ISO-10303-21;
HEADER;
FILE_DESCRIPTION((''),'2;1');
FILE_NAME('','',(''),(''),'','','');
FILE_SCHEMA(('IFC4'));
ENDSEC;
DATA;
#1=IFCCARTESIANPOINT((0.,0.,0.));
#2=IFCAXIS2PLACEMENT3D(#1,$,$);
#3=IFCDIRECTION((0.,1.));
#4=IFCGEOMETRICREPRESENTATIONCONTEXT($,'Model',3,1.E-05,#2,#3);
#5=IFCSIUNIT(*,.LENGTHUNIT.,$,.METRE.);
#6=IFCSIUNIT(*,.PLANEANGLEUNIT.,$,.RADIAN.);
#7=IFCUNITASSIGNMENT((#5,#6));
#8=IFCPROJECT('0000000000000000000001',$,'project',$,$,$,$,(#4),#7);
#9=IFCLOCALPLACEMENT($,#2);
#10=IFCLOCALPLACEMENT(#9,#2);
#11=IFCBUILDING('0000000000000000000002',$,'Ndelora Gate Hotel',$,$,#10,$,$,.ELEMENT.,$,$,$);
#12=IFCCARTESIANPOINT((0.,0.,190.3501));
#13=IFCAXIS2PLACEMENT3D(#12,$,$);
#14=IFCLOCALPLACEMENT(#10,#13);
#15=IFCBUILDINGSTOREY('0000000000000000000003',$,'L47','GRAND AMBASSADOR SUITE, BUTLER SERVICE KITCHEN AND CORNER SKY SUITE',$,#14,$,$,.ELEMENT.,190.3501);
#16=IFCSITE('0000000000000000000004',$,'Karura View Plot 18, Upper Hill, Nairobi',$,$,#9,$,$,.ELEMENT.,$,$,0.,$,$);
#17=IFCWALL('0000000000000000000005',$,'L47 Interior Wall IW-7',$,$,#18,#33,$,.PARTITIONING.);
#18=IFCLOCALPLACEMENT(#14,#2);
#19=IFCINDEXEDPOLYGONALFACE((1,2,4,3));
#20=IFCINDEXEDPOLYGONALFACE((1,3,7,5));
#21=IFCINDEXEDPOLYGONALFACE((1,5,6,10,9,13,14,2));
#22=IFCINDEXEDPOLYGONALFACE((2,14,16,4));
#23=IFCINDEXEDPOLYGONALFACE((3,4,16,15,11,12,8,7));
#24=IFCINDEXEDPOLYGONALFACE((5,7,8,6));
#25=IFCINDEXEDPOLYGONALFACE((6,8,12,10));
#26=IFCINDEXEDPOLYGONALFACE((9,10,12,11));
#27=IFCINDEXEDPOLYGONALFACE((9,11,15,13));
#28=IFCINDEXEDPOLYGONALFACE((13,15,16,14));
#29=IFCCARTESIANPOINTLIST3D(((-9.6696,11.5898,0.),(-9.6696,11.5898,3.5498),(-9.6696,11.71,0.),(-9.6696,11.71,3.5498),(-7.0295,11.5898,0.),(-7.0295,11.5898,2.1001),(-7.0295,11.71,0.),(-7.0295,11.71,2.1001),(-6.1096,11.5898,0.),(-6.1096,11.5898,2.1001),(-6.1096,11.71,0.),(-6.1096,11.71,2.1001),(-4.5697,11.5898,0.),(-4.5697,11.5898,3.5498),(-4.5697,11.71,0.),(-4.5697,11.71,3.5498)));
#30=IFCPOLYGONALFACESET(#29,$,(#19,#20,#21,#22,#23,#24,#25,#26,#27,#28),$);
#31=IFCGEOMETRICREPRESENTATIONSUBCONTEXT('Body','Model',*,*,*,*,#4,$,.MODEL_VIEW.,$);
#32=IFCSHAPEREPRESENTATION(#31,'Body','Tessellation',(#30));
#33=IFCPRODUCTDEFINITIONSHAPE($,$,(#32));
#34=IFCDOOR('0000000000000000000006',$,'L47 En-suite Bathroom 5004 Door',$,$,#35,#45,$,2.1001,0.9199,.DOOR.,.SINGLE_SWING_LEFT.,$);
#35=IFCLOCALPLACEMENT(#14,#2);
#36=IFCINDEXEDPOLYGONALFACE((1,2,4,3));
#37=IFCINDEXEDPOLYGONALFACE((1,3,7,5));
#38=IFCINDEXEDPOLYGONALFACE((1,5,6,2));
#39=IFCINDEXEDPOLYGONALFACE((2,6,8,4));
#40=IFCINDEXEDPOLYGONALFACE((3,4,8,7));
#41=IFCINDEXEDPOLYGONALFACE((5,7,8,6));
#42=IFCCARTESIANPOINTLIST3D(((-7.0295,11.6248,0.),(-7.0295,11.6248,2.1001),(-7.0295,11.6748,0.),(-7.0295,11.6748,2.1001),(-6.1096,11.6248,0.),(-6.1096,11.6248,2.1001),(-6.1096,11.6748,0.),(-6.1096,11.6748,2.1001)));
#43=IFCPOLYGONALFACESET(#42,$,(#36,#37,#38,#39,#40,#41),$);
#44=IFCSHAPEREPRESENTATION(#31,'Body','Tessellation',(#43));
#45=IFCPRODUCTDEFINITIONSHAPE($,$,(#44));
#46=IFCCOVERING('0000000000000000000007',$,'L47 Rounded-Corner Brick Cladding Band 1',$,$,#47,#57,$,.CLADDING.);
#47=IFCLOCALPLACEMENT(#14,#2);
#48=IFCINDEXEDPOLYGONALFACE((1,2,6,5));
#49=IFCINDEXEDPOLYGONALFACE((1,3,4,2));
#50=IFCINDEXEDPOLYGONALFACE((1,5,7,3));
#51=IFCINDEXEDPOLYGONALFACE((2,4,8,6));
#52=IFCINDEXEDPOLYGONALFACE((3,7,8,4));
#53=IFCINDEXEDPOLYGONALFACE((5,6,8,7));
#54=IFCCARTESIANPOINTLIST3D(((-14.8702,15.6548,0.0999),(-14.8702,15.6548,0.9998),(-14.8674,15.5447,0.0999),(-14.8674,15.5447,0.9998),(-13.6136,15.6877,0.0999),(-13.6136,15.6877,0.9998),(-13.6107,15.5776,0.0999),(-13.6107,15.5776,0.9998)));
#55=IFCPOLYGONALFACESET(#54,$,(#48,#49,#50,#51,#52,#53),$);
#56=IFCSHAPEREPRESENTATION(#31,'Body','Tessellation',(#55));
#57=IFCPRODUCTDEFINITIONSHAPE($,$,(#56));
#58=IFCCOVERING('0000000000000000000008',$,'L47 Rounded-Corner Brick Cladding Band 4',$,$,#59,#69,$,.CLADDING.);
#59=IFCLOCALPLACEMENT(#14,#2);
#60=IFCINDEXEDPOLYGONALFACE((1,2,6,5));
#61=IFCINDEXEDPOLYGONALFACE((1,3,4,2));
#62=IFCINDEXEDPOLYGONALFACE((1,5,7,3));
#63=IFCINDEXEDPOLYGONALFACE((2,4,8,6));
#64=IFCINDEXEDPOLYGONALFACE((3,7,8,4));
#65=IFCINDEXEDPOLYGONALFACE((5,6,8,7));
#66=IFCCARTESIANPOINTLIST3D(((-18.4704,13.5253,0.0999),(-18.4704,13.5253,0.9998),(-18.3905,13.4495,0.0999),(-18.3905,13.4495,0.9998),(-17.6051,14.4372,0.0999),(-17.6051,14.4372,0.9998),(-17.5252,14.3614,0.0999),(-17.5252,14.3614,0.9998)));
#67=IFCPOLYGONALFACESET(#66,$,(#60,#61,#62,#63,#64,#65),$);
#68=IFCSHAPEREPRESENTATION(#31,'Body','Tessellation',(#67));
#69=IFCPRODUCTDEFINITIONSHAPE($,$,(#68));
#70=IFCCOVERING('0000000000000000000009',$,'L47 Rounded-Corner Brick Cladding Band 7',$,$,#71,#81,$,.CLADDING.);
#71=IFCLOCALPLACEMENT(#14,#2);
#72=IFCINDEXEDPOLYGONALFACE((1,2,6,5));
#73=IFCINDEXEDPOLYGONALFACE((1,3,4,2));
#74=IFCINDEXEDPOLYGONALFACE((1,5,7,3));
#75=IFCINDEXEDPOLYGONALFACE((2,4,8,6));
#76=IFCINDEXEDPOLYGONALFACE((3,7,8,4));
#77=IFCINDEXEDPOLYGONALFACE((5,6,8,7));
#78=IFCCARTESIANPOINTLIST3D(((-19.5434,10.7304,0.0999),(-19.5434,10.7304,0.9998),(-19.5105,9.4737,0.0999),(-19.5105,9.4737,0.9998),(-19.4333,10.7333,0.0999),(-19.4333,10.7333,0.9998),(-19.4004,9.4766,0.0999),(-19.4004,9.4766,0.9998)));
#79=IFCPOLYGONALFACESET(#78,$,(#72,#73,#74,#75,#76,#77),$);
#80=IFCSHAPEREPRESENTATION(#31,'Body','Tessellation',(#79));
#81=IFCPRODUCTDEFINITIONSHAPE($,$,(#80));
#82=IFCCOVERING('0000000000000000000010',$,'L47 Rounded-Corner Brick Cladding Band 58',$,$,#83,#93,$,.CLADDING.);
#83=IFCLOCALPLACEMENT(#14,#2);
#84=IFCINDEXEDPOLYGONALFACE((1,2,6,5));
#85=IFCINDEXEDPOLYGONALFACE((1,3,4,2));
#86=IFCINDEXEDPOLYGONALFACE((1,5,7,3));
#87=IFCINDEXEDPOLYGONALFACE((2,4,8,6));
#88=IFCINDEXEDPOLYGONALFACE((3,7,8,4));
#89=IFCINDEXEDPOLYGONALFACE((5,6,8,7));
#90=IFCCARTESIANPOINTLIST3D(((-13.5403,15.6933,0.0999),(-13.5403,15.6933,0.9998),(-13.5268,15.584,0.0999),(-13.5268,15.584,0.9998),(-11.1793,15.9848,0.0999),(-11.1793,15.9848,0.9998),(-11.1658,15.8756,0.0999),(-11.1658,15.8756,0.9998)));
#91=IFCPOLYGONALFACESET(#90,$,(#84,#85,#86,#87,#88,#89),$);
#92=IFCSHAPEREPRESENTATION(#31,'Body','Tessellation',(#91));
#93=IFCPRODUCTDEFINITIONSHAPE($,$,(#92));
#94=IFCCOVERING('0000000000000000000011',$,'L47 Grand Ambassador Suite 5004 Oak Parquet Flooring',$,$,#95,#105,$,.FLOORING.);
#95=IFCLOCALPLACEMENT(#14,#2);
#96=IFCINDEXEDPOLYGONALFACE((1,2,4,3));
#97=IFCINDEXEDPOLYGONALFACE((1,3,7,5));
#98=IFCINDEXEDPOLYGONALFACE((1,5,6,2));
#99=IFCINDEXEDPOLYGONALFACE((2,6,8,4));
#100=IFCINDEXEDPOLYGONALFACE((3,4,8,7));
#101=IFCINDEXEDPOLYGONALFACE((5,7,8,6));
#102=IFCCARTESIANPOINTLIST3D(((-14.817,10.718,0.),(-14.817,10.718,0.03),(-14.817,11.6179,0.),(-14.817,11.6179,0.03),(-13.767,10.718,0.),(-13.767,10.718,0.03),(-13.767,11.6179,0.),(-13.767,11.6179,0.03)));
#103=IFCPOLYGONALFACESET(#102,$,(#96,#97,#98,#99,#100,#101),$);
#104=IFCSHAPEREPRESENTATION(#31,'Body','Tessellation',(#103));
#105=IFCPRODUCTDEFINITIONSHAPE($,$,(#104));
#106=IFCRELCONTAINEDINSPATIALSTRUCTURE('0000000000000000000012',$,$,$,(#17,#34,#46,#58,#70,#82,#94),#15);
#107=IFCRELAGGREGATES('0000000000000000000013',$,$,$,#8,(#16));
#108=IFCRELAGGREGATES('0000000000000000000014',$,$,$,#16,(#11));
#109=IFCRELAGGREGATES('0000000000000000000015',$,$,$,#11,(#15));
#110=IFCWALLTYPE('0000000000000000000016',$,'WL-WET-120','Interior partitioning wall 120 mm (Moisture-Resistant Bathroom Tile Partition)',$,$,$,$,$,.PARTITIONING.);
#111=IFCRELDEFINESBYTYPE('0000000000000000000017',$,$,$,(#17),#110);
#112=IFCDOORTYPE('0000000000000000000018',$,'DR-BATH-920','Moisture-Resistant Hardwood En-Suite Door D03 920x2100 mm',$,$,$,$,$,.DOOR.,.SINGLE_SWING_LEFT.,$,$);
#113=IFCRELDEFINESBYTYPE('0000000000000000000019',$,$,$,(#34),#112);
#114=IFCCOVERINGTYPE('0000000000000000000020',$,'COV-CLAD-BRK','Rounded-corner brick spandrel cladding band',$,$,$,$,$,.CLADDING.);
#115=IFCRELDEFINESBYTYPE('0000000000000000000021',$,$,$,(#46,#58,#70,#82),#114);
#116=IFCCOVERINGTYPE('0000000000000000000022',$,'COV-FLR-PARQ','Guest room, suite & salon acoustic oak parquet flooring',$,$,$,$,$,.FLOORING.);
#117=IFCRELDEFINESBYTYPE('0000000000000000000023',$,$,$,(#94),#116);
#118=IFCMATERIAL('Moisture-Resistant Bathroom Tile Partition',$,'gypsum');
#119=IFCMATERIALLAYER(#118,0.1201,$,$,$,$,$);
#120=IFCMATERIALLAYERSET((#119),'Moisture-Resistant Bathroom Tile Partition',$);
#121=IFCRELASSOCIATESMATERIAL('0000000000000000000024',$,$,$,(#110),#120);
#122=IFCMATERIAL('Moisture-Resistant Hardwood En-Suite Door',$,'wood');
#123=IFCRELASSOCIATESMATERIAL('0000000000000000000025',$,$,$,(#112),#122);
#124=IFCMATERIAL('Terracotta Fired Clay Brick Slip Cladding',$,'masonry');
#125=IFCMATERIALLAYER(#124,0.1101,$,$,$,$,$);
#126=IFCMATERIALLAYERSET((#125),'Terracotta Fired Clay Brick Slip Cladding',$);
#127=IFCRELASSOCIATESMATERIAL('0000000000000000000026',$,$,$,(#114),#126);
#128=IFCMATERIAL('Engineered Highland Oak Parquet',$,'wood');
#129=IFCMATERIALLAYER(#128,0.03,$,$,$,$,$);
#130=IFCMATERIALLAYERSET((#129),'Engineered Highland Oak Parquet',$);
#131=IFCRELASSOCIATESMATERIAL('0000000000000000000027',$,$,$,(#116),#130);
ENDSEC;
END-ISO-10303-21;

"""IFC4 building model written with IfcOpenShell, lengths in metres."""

from ifc_helpers import new_model, si_unit, direction, frame, frame_2d, origin, origin_2d, place, context, subcontext, project, spatial, rectangle, extrude, material, layer, layer_set, type_object, element, fill, save


model = new_model("IFC4")

# Units and contexts
model_context = context("Model", 3, precision=1e-05, world=origin(), true_north=direction((0.0, 1.0)))
body_context = subcontext(model_context, "Body", "Model", "MODEL_VIEW")
ifc_project = project(units=[si_unit("LENGTHUNIT", "METRE"), si_unit("PLANEANGLEUNIT", "RADIAN")], contexts=[model_context])

# Site, building, storey
site_placement = place(None, origin())
site = spatial("IfcSite", under=ifc_project, at=site_placement, Name="Karura View Plot 18, Upper Hill, Nairobi", CompositionType="ELEMENT", RefElevation=0.0)
building_placement = place(site_placement, origin())
building = spatial("IfcBuilding", under=site, at=building_placement, Name="Ndelora Gate Hotel", CompositionType="ELEMENT")
storey_placement = place(building_placement, frame((0.0, 0.0, 190.3501)))
storey = spatial("IfcBuildingStorey", under=building, at=storey_placement, Name="L47", Description="GRAND AMBASSADOR SUITE, BUTLER SERVICE KITCHEN AND CORNER SKY SUITE", CompositionType="ELEMENT", Elevation=190.3501)

# Wall, opening, door
ifc_material_1 = material(Name="Moisture-Resistant Bathroom Tile Partition", Category="gypsum")
ifc_layer_1 = layer(ifc_material_1, 0.1201)
ifc_layer_set_1 = layer_set([ifc_layer_1], Name="Moisture-Resistant Bathroom Tile Partition")
wall_type_1 = type_object("IfcWallType", Name="WL-WET-120", Description="Interior partitioning wall 120 mm (Moisture-Resistant Bathroom Tile Partition)", PredefinedType="PARTITIONING", material=ifc_layer_set_1)
wall_1_placement = place(storey_placement, frame((-9.6694, 11.6499, 0.0), z_axis=(0.0, 0.0, 1.0), x_axis=(1.0, 0.0, 0.0)))
wall_1 = element("IfcWall", 1, at=wall_1_placement, inside=storey, type_object=wall_type_1, Name="L47 Interior Wall IW-7", PredefinedType="PARTITIONING", context=body_context, shape_type="SweptSolid", body=[
    extrude(rectangle(XDim=5.0999, YDim=0.1201, at=frame_2d((2.5498, 0.0))), origin(), (0.0, 0.0, 1.0), 3.5498),
])
opening_1_placement = place(wall_1_placement, frame((2.6399, 0.0, 0.0)))
opening_1 = element("IfcOpeningElement", 2, at=opening_1_placement, cuts=wall_1, PredefinedType="OPENING", context=body_context, shape_type="SweptSolid", body=[
    extrude(rectangle(XDim=0.9199, YDim=2.1001, at=frame_2d((0.46, 1.05))), frame((0.0, 0.0701, 0.0), z_axis=(0.0, -1.0, 0.0), x_axis=(1.0, 0.0, 0.0)), (0.0, 0.0, 1.0), 0.1401),
])
ifc_material_2 = material(Name="Moisture-Resistant Hardwood En-Suite Door", Category="wood")
door_type_1 = type_object("IfcDoorType", Name="DR-BATH-920", Description="Moisture-Resistant Hardwood En-Suite Door D03 920x2100 mm", OperationType="SINGLE_SWING_LEFT", PredefinedType="DOOR", material=ifc_material_2)
door_1_placement = place(opening_1_placement, origin())
door_1 = element("IfcDoor", 3, at=door_1_placement, inside=storey, type_object=door_type_1, Name="L47 En-suite Bathroom 5004 Door", OperationType="SINGLE_SWING_LEFT", OverallHeight=2.1001, OverallWidth=0.9199, PredefinedType="DOOR", context=body_context, shape_type="SweptSolid", body=[
    extrude(rectangle(XDim=0.9199, YDim=2.1001, at=frame_2d((0.46, 1.05))), frame((0.0, 0.0249, 0.0), z_axis=(0.0, -1.0, 0.0), x_axis=(1.0, 0.0, 0.0)), (0.0, 0.0, 1.0), 0.05),
])
fill(opening_1, door_1)

# Coverings
ifc_material_3 = material(Name="Terracotta Fired Clay Brick Slip Cladding", Category="masonry")
ifc_layer_2 = layer(ifc_material_3, 0.1101)
ifc_layer_set_2 = layer_set([ifc_layer_2], Name="Terracotta Fired Clay Brick Slip Cladding")
covering_type_1 = type_object("IfcCoveringType", Name="COV-CLAD-BRK", Description="Rounded-corner brick spandrel cladding band", PredefinedType="CLADDING", material=ifc_layer_set_2)
for number, where, z_axis, x_axis, name in (
    (4, (-14.2405, 15.6162, 0.0999), (0.0, 0.0, 1.0), (0.999657, 0.026177, 0.0), "L47 Rounded-Corner Brick Cladding Band 1"),
    (5, (-17.9978, 13.9434, 0.0999), (0.0, 0.0, 1.0), (0.688355, 0.725374, 0.0), "L47 Rounded-Corner Brick Cladding Band 4"),
    (6, (-19.4719, 10.1035, 0.0999), (0.0, 0.0, 1.0), (-0.026177, 0.999657, 0.0), "L47 Rounded-Corner Brick Cladding Band 7"),
):
    element("IfcCovering", number, at=place(storey_placement, frame(where, z_axis=z_axis, x_axis=x_axis)), inside=storey, type_object=covering_type_1, Name=name, PredefinedType="CLADDING", context=body_context, shape_type="SweptSolid", body=[
        extrude(rectangle(XDim=1.2571, YDim=0.1101, at=origin_2d()), origin(), (0.0, 0.0, 1.0), 0.8999),
    ])
covering_1_placement = place(storey_placement, frame((-12.353, 15.7844, 0.0999), z_axis=(0.0, 0.0, 1.0), x_axis=(0.992461, 0.122562, 0.0)))
element("IfcCovering", 7, at=covering_1_placement, inside=storey, type_object=covering_type_1, Name="L47 Rounded-Corner Brick Cladding Band 58", PredefinedType="CLADDING", context=body_context, shape_type="SweptSolid", body=[
    extrude(rectangle(XDim=2.3789, YDim=0.1101, at=origin_2d()), origin(), (0.0, 0.0, 1.0), 0.8999),
])
ifc_material_4 = material(Name="Engineered Highland Oak Parquet", Category="wood")
ifc_layer_3 = layer(ifc_material_4, 0.03)
ifc_layer_set_3 = layer_set([ifc_layer_3], Name="Engineered Highland Oak Parquet")
covering_type_2 = type_object("IfcCoveringType", Name="COV-FLR-PARQ", Description="Guest room, suite & salon acoustic oak parquet flooring", PredefinedType="FLOORING", material=ifc_layer_set_3)
covering_2_placement = place(storey_placement, frame((-14.292, 11.168, 0.0), z_axis=(0.0, 0.0, 1.0), x_axis=(1.0, 0.0, 0.0)))
element("IfcCovering", 8, at=covering_2_placement, inside=storey, type_object=covering_type_2, Name="L47 Grand Ambassador Suite 5004 Oak Parquet Flooring", PredefinedType="FLOORING", context=body_context, shape_type="SweptSolid", body=[
    extrude(rectangle(XDim=1.05, YDim=0.8999, at=origin_2d()), origin(), (0.0, 0.0, 1.0), 0.03),
])

save(model, "model.ifc")
